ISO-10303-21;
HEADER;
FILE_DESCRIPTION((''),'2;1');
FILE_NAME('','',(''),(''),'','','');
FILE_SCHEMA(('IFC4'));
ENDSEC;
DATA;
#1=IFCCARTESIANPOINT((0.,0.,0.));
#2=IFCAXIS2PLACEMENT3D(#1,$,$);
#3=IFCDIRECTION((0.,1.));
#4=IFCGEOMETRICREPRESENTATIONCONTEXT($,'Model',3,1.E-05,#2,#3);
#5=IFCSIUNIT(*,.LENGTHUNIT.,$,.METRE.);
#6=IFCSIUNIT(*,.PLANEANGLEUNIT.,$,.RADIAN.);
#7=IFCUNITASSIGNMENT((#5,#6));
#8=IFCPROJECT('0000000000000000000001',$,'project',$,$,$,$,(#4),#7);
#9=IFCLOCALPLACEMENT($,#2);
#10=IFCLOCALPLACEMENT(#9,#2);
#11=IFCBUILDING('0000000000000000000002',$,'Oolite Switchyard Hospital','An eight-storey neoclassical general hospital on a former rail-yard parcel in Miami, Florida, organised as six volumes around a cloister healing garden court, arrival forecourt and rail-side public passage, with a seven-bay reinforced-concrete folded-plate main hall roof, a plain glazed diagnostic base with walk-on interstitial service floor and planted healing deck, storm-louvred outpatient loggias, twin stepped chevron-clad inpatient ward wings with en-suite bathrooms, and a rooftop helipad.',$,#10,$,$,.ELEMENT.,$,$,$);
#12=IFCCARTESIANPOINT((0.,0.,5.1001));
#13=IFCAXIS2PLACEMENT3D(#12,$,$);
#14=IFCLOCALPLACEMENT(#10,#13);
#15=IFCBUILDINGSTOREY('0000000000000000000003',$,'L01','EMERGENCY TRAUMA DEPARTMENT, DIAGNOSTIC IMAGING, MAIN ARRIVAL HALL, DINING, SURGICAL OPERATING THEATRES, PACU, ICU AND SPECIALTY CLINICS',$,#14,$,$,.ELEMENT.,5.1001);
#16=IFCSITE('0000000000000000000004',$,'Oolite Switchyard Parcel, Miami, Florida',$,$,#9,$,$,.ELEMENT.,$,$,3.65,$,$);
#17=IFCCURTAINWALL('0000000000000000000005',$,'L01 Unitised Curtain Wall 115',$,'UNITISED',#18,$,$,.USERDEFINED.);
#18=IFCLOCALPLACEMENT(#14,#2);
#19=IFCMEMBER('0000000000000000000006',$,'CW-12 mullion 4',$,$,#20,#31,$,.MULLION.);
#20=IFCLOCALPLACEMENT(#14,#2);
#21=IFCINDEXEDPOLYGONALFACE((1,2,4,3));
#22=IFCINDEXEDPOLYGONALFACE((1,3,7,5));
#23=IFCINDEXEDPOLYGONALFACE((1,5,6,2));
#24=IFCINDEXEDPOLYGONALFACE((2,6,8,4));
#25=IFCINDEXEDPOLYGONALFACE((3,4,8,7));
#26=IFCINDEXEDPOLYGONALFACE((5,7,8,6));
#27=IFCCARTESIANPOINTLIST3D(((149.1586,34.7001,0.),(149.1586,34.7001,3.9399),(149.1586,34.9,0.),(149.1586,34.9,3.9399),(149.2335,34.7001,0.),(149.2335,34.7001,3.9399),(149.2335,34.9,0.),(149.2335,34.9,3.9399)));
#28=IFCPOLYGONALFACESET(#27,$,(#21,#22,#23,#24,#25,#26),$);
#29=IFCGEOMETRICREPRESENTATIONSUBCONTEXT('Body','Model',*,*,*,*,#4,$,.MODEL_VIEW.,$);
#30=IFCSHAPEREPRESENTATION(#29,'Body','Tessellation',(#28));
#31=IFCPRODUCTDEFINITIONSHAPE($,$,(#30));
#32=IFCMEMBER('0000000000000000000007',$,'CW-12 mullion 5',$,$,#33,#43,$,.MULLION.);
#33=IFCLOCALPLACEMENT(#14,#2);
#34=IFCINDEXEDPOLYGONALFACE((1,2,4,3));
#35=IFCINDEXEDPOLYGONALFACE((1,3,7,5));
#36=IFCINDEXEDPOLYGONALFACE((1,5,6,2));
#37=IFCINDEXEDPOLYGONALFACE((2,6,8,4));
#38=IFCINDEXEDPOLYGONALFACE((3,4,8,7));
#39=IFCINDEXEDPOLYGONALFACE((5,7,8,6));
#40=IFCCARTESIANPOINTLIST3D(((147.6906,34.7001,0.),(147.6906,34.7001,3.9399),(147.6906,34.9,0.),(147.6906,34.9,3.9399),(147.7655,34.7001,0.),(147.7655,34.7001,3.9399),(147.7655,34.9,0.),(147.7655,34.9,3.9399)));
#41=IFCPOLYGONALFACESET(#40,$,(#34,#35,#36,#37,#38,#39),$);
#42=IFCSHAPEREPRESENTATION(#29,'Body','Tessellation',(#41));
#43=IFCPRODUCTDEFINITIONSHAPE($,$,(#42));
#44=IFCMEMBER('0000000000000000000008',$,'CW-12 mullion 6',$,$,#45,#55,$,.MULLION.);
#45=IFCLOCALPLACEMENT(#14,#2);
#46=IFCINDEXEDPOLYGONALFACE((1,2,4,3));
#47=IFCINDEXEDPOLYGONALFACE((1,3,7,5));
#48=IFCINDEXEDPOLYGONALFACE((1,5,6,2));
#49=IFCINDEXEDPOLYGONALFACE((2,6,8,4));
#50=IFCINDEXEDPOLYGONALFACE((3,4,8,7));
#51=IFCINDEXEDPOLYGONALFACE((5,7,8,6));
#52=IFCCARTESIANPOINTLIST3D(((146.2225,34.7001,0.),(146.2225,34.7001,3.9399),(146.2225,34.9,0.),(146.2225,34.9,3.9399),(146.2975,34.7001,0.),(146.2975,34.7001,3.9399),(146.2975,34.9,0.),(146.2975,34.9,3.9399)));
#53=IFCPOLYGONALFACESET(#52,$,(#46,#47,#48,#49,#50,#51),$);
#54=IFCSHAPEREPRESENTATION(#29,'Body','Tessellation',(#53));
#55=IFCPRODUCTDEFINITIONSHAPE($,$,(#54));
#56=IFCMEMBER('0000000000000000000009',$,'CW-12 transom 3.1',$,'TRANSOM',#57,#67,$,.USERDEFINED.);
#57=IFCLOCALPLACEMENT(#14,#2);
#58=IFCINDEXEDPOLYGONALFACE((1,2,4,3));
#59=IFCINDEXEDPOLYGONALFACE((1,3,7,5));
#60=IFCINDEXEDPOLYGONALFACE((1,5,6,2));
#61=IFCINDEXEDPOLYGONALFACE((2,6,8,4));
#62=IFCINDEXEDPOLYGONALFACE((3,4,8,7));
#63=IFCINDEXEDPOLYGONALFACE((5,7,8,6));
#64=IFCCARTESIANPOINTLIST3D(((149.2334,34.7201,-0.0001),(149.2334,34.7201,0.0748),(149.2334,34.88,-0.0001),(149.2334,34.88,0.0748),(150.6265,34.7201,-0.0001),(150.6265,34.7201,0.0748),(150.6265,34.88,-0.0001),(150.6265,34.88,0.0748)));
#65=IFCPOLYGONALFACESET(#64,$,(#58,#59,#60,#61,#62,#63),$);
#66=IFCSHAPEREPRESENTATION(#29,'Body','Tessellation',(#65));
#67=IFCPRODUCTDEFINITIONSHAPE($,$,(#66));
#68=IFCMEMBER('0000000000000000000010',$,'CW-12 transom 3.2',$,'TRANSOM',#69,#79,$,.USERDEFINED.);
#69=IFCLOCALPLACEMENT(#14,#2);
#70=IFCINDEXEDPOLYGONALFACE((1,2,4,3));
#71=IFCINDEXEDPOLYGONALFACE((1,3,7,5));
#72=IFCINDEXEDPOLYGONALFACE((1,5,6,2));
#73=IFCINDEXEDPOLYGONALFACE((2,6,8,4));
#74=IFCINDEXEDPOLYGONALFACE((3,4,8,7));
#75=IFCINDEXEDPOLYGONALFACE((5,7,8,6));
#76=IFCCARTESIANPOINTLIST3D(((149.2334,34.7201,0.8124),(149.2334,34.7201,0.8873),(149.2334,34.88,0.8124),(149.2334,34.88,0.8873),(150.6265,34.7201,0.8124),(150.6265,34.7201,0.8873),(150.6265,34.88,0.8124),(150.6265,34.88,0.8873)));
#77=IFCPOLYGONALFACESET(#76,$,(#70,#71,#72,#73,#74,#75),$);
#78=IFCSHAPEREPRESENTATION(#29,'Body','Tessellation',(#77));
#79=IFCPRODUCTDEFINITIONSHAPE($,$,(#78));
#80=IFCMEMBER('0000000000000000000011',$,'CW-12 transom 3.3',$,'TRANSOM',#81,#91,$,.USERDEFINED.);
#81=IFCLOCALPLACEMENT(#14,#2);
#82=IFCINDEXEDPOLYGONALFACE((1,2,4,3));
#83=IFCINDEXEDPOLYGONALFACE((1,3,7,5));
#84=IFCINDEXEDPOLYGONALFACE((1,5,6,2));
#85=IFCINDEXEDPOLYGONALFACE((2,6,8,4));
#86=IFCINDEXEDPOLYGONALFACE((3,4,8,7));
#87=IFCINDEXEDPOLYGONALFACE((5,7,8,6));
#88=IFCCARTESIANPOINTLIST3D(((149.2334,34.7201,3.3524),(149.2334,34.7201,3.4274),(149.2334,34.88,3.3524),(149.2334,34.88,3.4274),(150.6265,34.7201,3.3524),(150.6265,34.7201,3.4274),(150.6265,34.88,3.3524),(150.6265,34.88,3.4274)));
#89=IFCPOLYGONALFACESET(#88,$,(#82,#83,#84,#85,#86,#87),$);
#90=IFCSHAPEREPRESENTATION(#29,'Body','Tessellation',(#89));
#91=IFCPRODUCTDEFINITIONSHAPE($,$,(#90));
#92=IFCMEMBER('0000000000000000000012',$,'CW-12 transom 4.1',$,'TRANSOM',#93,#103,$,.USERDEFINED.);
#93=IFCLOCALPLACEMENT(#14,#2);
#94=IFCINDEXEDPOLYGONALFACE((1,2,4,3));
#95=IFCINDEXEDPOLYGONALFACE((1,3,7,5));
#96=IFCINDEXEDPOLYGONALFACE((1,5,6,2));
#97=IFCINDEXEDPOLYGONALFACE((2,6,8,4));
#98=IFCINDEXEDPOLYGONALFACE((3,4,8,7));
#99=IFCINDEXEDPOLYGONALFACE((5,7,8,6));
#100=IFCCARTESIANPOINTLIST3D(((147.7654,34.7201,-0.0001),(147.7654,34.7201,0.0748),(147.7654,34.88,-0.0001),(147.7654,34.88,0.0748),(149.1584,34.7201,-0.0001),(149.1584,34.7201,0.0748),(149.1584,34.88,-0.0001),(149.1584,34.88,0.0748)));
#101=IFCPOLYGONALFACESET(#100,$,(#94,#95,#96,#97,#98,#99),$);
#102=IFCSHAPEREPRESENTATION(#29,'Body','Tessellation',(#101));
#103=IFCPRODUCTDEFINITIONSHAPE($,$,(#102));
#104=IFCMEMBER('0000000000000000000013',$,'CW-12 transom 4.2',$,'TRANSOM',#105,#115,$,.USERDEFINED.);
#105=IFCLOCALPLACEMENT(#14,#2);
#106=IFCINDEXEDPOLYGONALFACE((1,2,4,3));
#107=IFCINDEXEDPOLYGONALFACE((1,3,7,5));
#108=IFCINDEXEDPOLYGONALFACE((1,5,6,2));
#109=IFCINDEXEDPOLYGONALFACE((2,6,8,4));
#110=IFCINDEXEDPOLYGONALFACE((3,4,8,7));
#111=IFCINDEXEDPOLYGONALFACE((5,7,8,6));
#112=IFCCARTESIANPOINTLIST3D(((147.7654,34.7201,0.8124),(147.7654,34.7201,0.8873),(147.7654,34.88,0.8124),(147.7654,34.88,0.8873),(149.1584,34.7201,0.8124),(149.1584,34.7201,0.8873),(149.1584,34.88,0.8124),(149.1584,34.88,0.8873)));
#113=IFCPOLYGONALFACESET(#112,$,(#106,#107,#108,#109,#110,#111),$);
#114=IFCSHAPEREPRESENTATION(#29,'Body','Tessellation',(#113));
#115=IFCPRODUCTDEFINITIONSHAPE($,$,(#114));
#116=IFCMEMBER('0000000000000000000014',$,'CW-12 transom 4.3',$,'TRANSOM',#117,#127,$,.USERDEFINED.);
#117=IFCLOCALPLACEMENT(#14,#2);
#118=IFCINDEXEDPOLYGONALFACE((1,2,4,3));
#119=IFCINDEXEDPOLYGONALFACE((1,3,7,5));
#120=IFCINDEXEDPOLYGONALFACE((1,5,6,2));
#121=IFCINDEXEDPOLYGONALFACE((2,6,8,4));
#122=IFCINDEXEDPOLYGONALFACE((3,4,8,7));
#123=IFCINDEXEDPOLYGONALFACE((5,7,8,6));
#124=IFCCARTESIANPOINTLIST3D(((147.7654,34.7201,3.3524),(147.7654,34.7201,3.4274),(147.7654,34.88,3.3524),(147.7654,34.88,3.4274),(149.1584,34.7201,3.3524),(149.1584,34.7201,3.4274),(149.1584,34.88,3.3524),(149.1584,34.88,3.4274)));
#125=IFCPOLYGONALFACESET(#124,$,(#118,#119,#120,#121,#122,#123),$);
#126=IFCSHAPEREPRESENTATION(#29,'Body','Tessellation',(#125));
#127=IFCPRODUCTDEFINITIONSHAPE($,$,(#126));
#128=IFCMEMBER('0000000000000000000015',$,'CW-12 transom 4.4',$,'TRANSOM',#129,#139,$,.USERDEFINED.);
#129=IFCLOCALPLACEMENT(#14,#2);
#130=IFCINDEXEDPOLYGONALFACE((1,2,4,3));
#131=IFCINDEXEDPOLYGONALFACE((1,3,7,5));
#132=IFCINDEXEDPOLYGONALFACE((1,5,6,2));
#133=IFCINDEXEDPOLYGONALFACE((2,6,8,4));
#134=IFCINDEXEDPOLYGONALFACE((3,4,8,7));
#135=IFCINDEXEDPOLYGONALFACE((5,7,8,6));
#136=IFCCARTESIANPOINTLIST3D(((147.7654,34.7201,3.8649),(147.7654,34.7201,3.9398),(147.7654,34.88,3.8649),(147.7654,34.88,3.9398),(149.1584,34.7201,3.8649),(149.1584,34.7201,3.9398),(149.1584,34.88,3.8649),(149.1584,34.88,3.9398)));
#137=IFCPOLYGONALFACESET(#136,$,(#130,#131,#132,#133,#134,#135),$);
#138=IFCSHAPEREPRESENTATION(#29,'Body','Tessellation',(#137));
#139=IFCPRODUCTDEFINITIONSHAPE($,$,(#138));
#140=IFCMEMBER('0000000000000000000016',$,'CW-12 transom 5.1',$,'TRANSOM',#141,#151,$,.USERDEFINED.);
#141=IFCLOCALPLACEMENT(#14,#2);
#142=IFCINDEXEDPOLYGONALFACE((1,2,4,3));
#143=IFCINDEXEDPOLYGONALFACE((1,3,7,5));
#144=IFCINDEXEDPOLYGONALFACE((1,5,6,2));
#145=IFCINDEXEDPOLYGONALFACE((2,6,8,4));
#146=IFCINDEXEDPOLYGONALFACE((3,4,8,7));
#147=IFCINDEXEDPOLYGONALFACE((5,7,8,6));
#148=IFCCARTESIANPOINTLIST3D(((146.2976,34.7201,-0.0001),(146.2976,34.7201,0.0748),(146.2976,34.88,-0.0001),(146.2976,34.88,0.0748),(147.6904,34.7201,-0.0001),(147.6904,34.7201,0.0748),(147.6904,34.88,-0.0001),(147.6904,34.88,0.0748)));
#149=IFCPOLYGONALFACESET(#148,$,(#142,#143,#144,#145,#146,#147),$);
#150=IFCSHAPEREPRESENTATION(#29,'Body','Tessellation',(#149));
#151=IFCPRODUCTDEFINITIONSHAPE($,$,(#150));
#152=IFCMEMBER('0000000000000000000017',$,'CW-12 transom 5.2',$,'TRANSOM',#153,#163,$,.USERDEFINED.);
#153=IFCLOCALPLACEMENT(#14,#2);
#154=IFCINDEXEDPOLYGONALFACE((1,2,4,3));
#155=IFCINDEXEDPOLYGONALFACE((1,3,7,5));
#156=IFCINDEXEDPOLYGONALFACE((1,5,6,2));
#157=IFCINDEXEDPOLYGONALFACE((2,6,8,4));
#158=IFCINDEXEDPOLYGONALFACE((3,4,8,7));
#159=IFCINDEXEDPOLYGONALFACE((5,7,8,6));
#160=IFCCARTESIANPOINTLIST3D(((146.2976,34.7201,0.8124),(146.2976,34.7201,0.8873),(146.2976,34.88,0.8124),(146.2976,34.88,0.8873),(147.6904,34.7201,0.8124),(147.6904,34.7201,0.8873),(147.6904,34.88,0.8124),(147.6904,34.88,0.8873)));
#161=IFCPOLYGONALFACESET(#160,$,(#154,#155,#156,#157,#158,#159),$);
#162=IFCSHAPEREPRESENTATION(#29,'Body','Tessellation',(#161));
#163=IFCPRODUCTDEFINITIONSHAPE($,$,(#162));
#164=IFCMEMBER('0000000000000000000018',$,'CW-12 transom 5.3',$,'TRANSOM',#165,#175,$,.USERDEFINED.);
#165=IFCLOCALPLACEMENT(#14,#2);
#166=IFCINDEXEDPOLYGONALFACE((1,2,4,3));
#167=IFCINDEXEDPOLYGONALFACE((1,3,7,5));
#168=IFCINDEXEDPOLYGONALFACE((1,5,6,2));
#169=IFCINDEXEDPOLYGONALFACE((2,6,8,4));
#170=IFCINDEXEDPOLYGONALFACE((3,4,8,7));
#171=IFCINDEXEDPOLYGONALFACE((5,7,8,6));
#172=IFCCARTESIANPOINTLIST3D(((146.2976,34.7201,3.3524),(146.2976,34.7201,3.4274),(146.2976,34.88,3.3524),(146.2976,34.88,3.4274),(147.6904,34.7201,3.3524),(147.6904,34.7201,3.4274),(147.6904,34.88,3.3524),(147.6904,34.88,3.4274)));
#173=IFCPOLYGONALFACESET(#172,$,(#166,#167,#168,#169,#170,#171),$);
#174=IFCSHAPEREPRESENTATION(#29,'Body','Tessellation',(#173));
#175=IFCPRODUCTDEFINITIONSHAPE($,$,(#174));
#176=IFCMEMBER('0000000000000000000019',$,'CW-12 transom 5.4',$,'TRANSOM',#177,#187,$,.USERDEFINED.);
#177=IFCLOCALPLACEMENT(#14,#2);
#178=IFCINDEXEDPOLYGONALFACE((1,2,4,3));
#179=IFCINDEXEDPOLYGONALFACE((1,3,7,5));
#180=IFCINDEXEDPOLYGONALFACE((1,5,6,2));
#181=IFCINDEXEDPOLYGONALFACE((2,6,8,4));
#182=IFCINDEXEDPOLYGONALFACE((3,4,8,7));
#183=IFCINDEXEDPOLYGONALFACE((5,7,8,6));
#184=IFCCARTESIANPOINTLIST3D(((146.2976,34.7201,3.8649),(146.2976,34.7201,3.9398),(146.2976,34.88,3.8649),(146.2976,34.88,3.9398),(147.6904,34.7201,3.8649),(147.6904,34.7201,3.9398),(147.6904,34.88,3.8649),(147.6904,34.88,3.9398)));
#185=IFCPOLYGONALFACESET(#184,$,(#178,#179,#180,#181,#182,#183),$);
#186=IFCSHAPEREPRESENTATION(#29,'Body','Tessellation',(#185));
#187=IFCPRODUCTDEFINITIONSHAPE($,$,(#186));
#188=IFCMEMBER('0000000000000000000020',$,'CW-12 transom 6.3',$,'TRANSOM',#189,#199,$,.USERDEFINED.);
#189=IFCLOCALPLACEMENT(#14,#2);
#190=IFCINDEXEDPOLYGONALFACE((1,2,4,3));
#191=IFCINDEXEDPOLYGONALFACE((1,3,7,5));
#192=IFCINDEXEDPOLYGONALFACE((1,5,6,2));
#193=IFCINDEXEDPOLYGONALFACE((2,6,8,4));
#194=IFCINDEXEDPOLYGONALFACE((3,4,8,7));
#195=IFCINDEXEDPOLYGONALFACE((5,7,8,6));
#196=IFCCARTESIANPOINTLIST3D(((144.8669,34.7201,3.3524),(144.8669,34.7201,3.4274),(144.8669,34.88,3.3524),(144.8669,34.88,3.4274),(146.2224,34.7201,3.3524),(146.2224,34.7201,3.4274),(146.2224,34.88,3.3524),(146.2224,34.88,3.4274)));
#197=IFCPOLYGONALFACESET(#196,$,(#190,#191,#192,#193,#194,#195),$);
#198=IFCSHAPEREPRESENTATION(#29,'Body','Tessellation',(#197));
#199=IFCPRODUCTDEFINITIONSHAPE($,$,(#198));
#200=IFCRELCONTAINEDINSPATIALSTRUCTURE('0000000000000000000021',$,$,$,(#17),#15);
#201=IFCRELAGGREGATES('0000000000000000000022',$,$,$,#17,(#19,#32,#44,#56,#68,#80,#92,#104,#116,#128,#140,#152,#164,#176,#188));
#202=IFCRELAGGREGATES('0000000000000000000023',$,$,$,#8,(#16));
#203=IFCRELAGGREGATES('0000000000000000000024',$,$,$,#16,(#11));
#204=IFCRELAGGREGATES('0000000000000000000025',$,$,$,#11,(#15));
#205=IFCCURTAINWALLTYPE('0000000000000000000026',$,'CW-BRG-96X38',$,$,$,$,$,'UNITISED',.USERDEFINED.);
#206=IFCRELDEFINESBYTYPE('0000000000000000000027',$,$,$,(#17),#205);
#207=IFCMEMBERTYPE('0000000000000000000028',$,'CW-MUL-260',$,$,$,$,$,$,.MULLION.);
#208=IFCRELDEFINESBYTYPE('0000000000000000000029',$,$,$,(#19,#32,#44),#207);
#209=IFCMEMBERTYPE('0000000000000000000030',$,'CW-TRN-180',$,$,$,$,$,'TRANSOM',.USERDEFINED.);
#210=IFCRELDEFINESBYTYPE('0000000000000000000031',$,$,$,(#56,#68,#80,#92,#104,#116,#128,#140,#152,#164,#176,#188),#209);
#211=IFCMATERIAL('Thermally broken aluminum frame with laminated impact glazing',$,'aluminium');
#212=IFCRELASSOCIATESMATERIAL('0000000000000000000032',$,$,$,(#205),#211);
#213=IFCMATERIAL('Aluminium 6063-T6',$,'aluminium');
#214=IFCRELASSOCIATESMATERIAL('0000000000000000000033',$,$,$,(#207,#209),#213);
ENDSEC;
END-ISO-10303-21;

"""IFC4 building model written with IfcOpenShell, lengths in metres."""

from ifc_helpers import new_model, si_unit, direction, frame, origin, origin_2d, place, context, subcontext, project, spatial, rectangle, extrude, material, material_profile, profile_set, type_object, element, aggregate, save


model = new_model("IFC4")

# Units and contexts
model_context = context("Model", 3, precision=1e-05, world=origin(), true_north=direction((0.0, 1.0)))
body_context = subcontext(model_context, "Body", "Model", "MODEL_VIEW")
ifc_project = project(units=[si_unit("LENGTHUNIT", "METRE"), si_unit("PLANEANGLEUNIT", "RADIAN")], contexts=[model_context])

# Site, building, storey
site_placement = place(None, origin())
site = spatial("IfcSite", under=ifc_project, at=site_placement, Name="Oolite Switchyard Parcel, Miami, Florida", CompositionType="ELEMENT", RefElevation=3.65)
building_placement = place(site_placement, origin())
building = spatial("IfcBuilding", under=site, at=building_placement, Name="Oolite Switchyard Hospital", Description="An eight-storey neoclassical general hospital on a former rail-yard parcel in Miami, Florida, organised as six volumes around a cloister healing garden court, arrival forecourt and rail-side public passage, with a seven-bay reinforced-concrete folded-plate main hall roof, a plain glazed diagnostic base with walk-on interstitial service floor and planted healing deck, storm-louvred outpatient loggias, twin stepped chevron-clad inpatient ward wings with en-suite bathrooms, and a rooftop helipad.", CompositionType="ELEMENT")
storey_placement = place(building_placement, frame((0.0, 0.0, 5.1001)))
storey = spatial("IfcBuildingStorey", under=building, at=storey_placement, Name="L01", Description="EMERGENCY TRAUMA DEPARTMENT, DIAGNOSTIC IMAGING, MAIN ARRIVAL HALL, DINING, SURGICAL OPERATING THEATRES, PACU, ICU AND SPECIALTY CLINICS", CompositionType="ELEMENT", Elevation=5.1001)

# Curtain wall, members
ifc_material_1 = material(Name="Thermally broken aluminum frame with laminated impact glazing", Category="aluminium")
curtain_wall_type = type_object("IfcCurtainWallType", Name="CW-BRG-96X38", ElementType="UNITISED", PredefinedType="USERDEFINED", material=ifc_material_1)
curtain_wall_placement = place(storey_placement, origin())
curtain_wall = element("IfcCurtainWall", 1, at=curtain_wall_placement, inside=storey, type_object=curtain_wall_type, Name="L01 Unitised Curtain Wall 115", ObjectType="UNITISED", PredefinedType="USERDEFINED")
ifc_material_2 = material(Name="Aluminium 6063-T6", Category="aluminium")
ifc_material_profile_1 = material_profile(ifc_material_2, rectangle(XDim=0.2, YDim=0.075, at=origin_2d()), Name="CWM75X200")
ifc_profile_set_1 = profile_set([ifc_material_profile_1], Name="Aluminium 6063-T6")
member_type_1 = type_object("IfcMemberType", Name="CW-MUL-260", PredefinedType="MULLION", material=ifc_profile_set_1)
member_1_placement = place(storey_placement, frame((149.196, 34.8, 0.0), z_axis=(0.0, 0.0, 1.0), x_axis=(0.0, -1.0, 0.0)))
member_1 = element("IfcMember", 2, at=member_1_placement, type_object=member_type_1, Name="CW-12 mullion 4", PredefinedType="MULLION", context=body_context, shape_type="SweptSolid", body=[
    extrude(rectangle(XDim=0.2, YDim=0.075, at=origin_2d()), origin(), (0.0, 0.0, 1.0), 3.9399),
])
member_2_placement = place(storey_placement, frame((147.728, 34.8, 0.0), z_axis=(0.0, 0.0, 1.0), x_axis=(0.0, -1.0, 0.0)))
member_2 = element("IfcMember", 3, at=member_2_placement, type_object=member_type_1, Name="CW-12 mullion 5", PredefinedType="MULLION", context=body_context, shape_type="SweptSolid", body=[
    extrude(rectangle(XDim=0.2, YDim=0.075, at=origin_2d()), origin(), (0.0, 0.0, 1.0), 3.9399),
])
member_3_placement = place(storey_placement, frame((146.26, 34.8, 0.0), z_axis=(0.0, 0.0, 1.0), x_axis=(0.0, -1.0, 0.0)))
member_3 = element("IfcMember", 4, at=member_3_placement, type_object=member_type_1, Name="CW-12 mullion 6", PredefinedType="MULLION", context=body_context, shape_type="SweptSolid", body=[
    extrude(rectangle(XDim=0.2, YDim=0.075, at=origin_2d()), origin(), (0.0, 0.0, 1.0), 3.9399),
])
ifc_material_profile_2 = material_profile(ifc_material_2, rectangle(XDim=0.1599, YDim=0.075, at=origin_2d()), Name="CWT75X160")
ifc_profile_set_2 = profile_set([ifc_material_profile_2], Name="Aluminium 6063-T6")
member_type_2 = type_object("IfcMemberType", Name="CW-TRN-180", ElementType="TRANSOM", PredefinedType="USERDEFINED", material=ifc_profile_set_2)
member_4_placement = place(storey_placement, frame((150.6265, 34.8, 0.0374), z_axis=(-1.0, 0.0, 0.0), x_axis=(0.0, -1.0, 0.0)))
member_4 = element("IfcMember", 5, at=member_4_placement, type_object=member_type_2, Name="CW-12 transom 3.1", ObjectType="TRANSOM", PredefinedType="USERDEFINED", context=body_context, shape_type="SweptSolid", body=[
    extrude(rectangle(XDim=0.1599, YDim=0.075, at=origin_2d()), origin(), (0.0, 0.0, 1.0), 1.3931),
])
member_5_placement = place(storey_placement, frame((150.6265, 34.8, 0.8499), z_axis=(-1.0, 0.0, 0.0), x_axis=(0.0, -1.0, 0.0)))
member_5 = element("IfcMember", 6, at=member_5_placement, type_object=member_type_2, Name="CW-12 transom 3.2", ObjectType="TRANSOM", PredefinedType="USERDEFINED", context=body_context, shape_type="SweptSolid", body=[
    extrude(rectangle(XDim=0.1599, YDim=0.075, at=origin_2d()), origin(), (0.0, 0.0, 1.0), 1.3931),
])
member_6_placement = place(storey_placement, frame((150.6265, 34.8, 3.3899), z_axis=(-1.0, 0.0, 0.0), x_axis=(0.0, -1.0, 0.0)))
member_6 = element("IfcMember", 7, at=member_6_placement, type_object=member_type_2, Name="CW-12 transom 3.3", ObjectType="TRANSOM", PredefinedType="USERDEFINED", context=body_context, shape_type="SweptSolid", body=[
    extrude(rectangle(XDim=0.1599, YDim=0.075, at=origin_2d()), origin(), (0.0, 0.0, 1.0), 1.3931),
])
member_7_placement = place(storey_placement, frame((149.1584, 34.8, 0.0374), z_axis=(-1.0, 0.0, 0.0), x_axis=(0.0, -1.0, 0.0)))
member_7 = element("IfcMember", 8, at=member_7_placement, type_object=member_type_2, Name="CW-12 transom 4.1", ObjectType="TRANSOM", PredefinedType="USERDEFINED", context=body_context, shape_type="SweptSolid", body=[
    extrude(rectangle(XDim=0.1599, YDim=0.075, at=origin_2d()), origin(), (0.0, 0.0, 1.0), 1.3931),
])
member_8_placement = place(storey_placement, frame((149.1584, 34.8, 0.8499), z_axis=(-1.0, 0.0, 0.0), x_axis=(0.0, -1.0, 0.0)))
member_8 = element("IfcMember", 9, at=member_8_placement, type_object=member_type_2, Name="CW-12 transom 4.2", ObjectType="TRANSOM", PredefinedType="USERDEFINED", context=body_context, shape_type="SweptSolid", body=[
    extrude(rectangle(XDim=0.1599, YDim=0.075, at=origin_2d()), origin(), (0.0, 0.0, 1.0), 1.3931),
])
member_9_placement = place(storey_placement, frame((149.1584, 34.8, 3.3899), z_axis=(-1.0, 0.0, 0.0), x_axis=(0.0, -1.0, 0.0)))
member_9 = element("IfcMember", 10, at=member_9_placement, type_object=member_type_2, Name="CW-12 transom 4.3", ObjectType="TRANSOM", PredefinedType="USERDEFINED", context=body_context, shape_type="SweptSolid", body=[
    extrude(rectangle(XDim=0.1599, YDim=0.075, at=origin_2d()), origin(), (0.0, 0.0, 1.0), 1.3931),
])
member_10_placement = place(storey_placement, frame((149.1584, 34.8, 3.9023), z_axis=(-1.0, 0.0, 0.0), x_axis=(0.0, -1.0, 0.0)))
member_10 = element("IfcMember", 11, at=member_10_placement, type_object=member_type_2, Name="CW-12 transom 4.4", ObjectType="TRANSOM", PredefinedType="USERDEFINED", context=body_context, shape_type="SweptSolid", body=[
    extrude(rectangle(XDim=0.1599, YDim=0.075, at=origin_2d()), origin(), (0.0, 0.0, 1.0), 1.3931),
])
member_11_placement = place(storey_placement, frame((147.6904, 34.8, 0.0374), z_axis=(-1.0, 0.0, 0.0), x_axis=(0.0, -1.0, 0.0)))
member_11 = element("IfcMember", 12, at=member_11_placement, type_object=member_type_2, Name="CW-12 transom 5.1", ObjectType="TRANSOM", PredefinedType="USERDEFINED", context=body_context, shape_type="SweptSolid", body=[
    extrude(rectangle(XDim=0.1599, YDim=0.075, at=origin_2d()), origin(), (0.0, 0.0, 1.0), 1.3928),
])
member_12_placement = place(storey_placement, frame((147.6904, 34.8, 0.8499), z_axis=(-1.0, 0.0, 0.0), x_axis=(0.0, -1.0, 0.0)))
member_12 = element("IfcMember", 13, at=member_12_placement, type_object=member_type_2, Name="CW-12 transom 5.2", ObjectType="TRANSOM", PredefinedType="USERDEFINED", context=body_context, shape_type="SweptSolid", body=[
    extrude(rectangle(XDim=0.1599, YDim=0.075, at=origin_2d()), origin(), (0.0, 0.0, 1.0), 1.3928),
])
member_13_placement = place(storey_placement, frame((147.6904, 34.8, 3.3899), z_axis=(-1.0, 0.0, 0.0), x_axis=(0.0, -1.0, 0.0)))
member_13 = element("IfcMember", 14, at=member_13_placement, type_object=member_type_2, Name="CW-12 transom 5.3", ObjectType="TRANSOM", PredefinedType="USERDEFINED", context=body_context, shape_type="SweptSolid", body=[
    extrude(rectangle(XDim=0.1599, YDim=0.075, at=origin_2d()), origin(), (0.0, 0.0, 1.0), 1.3928),
])
member_14_placement = place(storey_placement, frame((147.6904, 34.8, 3.9023), z_axis=(-1.0, 0.0, 0.0), x_axis=(0.0, -1.0, 0.0)))
member_14 = element("IfcMember", 15, at=member_14_placement, type_object=member_type_2, Name="CW-12 transom 5.4", ObjectType="TRANSOM", PredefinedType="USERDEFINED", context=body_context, shape_type="SweptSolid", body=[
    extrude(rectangle(XDim=0.1599, YDim=0.075, at=origin_2d()), origin(), (0.0, 0.0, 1.0), 1.3928),
])
member_15_placement = place(storey_placement, frame((146.2224, 34.8, 3.3899), z_axis=(-1.0, 0.0, 0.0), x_axis=(0.0, -1.0, 0.0)))
member_15 = element("IfcMember", 16, at=member_15_placement, type_object=member_type_2, Name="CW-12 transom 6.3", ObjectType="TRANSOM", PredefinedType="USERDEFINED", context=body_context, shape_type="SweptSolid", body=[
    extrude(rectangle(XDim=0.1599, YDim=0.075, at=origin_2d()), origin(), (0.0, 0.0, 1.0), 1.3555),
])
aggregate(curtain_wall, [member_1, member_2, member_3, member_4, member_5, member_6, member_7, member_8, member_9, member_10, member_11, member_12, member_13, member_14, member_15])

save(model, "model.ifc")
